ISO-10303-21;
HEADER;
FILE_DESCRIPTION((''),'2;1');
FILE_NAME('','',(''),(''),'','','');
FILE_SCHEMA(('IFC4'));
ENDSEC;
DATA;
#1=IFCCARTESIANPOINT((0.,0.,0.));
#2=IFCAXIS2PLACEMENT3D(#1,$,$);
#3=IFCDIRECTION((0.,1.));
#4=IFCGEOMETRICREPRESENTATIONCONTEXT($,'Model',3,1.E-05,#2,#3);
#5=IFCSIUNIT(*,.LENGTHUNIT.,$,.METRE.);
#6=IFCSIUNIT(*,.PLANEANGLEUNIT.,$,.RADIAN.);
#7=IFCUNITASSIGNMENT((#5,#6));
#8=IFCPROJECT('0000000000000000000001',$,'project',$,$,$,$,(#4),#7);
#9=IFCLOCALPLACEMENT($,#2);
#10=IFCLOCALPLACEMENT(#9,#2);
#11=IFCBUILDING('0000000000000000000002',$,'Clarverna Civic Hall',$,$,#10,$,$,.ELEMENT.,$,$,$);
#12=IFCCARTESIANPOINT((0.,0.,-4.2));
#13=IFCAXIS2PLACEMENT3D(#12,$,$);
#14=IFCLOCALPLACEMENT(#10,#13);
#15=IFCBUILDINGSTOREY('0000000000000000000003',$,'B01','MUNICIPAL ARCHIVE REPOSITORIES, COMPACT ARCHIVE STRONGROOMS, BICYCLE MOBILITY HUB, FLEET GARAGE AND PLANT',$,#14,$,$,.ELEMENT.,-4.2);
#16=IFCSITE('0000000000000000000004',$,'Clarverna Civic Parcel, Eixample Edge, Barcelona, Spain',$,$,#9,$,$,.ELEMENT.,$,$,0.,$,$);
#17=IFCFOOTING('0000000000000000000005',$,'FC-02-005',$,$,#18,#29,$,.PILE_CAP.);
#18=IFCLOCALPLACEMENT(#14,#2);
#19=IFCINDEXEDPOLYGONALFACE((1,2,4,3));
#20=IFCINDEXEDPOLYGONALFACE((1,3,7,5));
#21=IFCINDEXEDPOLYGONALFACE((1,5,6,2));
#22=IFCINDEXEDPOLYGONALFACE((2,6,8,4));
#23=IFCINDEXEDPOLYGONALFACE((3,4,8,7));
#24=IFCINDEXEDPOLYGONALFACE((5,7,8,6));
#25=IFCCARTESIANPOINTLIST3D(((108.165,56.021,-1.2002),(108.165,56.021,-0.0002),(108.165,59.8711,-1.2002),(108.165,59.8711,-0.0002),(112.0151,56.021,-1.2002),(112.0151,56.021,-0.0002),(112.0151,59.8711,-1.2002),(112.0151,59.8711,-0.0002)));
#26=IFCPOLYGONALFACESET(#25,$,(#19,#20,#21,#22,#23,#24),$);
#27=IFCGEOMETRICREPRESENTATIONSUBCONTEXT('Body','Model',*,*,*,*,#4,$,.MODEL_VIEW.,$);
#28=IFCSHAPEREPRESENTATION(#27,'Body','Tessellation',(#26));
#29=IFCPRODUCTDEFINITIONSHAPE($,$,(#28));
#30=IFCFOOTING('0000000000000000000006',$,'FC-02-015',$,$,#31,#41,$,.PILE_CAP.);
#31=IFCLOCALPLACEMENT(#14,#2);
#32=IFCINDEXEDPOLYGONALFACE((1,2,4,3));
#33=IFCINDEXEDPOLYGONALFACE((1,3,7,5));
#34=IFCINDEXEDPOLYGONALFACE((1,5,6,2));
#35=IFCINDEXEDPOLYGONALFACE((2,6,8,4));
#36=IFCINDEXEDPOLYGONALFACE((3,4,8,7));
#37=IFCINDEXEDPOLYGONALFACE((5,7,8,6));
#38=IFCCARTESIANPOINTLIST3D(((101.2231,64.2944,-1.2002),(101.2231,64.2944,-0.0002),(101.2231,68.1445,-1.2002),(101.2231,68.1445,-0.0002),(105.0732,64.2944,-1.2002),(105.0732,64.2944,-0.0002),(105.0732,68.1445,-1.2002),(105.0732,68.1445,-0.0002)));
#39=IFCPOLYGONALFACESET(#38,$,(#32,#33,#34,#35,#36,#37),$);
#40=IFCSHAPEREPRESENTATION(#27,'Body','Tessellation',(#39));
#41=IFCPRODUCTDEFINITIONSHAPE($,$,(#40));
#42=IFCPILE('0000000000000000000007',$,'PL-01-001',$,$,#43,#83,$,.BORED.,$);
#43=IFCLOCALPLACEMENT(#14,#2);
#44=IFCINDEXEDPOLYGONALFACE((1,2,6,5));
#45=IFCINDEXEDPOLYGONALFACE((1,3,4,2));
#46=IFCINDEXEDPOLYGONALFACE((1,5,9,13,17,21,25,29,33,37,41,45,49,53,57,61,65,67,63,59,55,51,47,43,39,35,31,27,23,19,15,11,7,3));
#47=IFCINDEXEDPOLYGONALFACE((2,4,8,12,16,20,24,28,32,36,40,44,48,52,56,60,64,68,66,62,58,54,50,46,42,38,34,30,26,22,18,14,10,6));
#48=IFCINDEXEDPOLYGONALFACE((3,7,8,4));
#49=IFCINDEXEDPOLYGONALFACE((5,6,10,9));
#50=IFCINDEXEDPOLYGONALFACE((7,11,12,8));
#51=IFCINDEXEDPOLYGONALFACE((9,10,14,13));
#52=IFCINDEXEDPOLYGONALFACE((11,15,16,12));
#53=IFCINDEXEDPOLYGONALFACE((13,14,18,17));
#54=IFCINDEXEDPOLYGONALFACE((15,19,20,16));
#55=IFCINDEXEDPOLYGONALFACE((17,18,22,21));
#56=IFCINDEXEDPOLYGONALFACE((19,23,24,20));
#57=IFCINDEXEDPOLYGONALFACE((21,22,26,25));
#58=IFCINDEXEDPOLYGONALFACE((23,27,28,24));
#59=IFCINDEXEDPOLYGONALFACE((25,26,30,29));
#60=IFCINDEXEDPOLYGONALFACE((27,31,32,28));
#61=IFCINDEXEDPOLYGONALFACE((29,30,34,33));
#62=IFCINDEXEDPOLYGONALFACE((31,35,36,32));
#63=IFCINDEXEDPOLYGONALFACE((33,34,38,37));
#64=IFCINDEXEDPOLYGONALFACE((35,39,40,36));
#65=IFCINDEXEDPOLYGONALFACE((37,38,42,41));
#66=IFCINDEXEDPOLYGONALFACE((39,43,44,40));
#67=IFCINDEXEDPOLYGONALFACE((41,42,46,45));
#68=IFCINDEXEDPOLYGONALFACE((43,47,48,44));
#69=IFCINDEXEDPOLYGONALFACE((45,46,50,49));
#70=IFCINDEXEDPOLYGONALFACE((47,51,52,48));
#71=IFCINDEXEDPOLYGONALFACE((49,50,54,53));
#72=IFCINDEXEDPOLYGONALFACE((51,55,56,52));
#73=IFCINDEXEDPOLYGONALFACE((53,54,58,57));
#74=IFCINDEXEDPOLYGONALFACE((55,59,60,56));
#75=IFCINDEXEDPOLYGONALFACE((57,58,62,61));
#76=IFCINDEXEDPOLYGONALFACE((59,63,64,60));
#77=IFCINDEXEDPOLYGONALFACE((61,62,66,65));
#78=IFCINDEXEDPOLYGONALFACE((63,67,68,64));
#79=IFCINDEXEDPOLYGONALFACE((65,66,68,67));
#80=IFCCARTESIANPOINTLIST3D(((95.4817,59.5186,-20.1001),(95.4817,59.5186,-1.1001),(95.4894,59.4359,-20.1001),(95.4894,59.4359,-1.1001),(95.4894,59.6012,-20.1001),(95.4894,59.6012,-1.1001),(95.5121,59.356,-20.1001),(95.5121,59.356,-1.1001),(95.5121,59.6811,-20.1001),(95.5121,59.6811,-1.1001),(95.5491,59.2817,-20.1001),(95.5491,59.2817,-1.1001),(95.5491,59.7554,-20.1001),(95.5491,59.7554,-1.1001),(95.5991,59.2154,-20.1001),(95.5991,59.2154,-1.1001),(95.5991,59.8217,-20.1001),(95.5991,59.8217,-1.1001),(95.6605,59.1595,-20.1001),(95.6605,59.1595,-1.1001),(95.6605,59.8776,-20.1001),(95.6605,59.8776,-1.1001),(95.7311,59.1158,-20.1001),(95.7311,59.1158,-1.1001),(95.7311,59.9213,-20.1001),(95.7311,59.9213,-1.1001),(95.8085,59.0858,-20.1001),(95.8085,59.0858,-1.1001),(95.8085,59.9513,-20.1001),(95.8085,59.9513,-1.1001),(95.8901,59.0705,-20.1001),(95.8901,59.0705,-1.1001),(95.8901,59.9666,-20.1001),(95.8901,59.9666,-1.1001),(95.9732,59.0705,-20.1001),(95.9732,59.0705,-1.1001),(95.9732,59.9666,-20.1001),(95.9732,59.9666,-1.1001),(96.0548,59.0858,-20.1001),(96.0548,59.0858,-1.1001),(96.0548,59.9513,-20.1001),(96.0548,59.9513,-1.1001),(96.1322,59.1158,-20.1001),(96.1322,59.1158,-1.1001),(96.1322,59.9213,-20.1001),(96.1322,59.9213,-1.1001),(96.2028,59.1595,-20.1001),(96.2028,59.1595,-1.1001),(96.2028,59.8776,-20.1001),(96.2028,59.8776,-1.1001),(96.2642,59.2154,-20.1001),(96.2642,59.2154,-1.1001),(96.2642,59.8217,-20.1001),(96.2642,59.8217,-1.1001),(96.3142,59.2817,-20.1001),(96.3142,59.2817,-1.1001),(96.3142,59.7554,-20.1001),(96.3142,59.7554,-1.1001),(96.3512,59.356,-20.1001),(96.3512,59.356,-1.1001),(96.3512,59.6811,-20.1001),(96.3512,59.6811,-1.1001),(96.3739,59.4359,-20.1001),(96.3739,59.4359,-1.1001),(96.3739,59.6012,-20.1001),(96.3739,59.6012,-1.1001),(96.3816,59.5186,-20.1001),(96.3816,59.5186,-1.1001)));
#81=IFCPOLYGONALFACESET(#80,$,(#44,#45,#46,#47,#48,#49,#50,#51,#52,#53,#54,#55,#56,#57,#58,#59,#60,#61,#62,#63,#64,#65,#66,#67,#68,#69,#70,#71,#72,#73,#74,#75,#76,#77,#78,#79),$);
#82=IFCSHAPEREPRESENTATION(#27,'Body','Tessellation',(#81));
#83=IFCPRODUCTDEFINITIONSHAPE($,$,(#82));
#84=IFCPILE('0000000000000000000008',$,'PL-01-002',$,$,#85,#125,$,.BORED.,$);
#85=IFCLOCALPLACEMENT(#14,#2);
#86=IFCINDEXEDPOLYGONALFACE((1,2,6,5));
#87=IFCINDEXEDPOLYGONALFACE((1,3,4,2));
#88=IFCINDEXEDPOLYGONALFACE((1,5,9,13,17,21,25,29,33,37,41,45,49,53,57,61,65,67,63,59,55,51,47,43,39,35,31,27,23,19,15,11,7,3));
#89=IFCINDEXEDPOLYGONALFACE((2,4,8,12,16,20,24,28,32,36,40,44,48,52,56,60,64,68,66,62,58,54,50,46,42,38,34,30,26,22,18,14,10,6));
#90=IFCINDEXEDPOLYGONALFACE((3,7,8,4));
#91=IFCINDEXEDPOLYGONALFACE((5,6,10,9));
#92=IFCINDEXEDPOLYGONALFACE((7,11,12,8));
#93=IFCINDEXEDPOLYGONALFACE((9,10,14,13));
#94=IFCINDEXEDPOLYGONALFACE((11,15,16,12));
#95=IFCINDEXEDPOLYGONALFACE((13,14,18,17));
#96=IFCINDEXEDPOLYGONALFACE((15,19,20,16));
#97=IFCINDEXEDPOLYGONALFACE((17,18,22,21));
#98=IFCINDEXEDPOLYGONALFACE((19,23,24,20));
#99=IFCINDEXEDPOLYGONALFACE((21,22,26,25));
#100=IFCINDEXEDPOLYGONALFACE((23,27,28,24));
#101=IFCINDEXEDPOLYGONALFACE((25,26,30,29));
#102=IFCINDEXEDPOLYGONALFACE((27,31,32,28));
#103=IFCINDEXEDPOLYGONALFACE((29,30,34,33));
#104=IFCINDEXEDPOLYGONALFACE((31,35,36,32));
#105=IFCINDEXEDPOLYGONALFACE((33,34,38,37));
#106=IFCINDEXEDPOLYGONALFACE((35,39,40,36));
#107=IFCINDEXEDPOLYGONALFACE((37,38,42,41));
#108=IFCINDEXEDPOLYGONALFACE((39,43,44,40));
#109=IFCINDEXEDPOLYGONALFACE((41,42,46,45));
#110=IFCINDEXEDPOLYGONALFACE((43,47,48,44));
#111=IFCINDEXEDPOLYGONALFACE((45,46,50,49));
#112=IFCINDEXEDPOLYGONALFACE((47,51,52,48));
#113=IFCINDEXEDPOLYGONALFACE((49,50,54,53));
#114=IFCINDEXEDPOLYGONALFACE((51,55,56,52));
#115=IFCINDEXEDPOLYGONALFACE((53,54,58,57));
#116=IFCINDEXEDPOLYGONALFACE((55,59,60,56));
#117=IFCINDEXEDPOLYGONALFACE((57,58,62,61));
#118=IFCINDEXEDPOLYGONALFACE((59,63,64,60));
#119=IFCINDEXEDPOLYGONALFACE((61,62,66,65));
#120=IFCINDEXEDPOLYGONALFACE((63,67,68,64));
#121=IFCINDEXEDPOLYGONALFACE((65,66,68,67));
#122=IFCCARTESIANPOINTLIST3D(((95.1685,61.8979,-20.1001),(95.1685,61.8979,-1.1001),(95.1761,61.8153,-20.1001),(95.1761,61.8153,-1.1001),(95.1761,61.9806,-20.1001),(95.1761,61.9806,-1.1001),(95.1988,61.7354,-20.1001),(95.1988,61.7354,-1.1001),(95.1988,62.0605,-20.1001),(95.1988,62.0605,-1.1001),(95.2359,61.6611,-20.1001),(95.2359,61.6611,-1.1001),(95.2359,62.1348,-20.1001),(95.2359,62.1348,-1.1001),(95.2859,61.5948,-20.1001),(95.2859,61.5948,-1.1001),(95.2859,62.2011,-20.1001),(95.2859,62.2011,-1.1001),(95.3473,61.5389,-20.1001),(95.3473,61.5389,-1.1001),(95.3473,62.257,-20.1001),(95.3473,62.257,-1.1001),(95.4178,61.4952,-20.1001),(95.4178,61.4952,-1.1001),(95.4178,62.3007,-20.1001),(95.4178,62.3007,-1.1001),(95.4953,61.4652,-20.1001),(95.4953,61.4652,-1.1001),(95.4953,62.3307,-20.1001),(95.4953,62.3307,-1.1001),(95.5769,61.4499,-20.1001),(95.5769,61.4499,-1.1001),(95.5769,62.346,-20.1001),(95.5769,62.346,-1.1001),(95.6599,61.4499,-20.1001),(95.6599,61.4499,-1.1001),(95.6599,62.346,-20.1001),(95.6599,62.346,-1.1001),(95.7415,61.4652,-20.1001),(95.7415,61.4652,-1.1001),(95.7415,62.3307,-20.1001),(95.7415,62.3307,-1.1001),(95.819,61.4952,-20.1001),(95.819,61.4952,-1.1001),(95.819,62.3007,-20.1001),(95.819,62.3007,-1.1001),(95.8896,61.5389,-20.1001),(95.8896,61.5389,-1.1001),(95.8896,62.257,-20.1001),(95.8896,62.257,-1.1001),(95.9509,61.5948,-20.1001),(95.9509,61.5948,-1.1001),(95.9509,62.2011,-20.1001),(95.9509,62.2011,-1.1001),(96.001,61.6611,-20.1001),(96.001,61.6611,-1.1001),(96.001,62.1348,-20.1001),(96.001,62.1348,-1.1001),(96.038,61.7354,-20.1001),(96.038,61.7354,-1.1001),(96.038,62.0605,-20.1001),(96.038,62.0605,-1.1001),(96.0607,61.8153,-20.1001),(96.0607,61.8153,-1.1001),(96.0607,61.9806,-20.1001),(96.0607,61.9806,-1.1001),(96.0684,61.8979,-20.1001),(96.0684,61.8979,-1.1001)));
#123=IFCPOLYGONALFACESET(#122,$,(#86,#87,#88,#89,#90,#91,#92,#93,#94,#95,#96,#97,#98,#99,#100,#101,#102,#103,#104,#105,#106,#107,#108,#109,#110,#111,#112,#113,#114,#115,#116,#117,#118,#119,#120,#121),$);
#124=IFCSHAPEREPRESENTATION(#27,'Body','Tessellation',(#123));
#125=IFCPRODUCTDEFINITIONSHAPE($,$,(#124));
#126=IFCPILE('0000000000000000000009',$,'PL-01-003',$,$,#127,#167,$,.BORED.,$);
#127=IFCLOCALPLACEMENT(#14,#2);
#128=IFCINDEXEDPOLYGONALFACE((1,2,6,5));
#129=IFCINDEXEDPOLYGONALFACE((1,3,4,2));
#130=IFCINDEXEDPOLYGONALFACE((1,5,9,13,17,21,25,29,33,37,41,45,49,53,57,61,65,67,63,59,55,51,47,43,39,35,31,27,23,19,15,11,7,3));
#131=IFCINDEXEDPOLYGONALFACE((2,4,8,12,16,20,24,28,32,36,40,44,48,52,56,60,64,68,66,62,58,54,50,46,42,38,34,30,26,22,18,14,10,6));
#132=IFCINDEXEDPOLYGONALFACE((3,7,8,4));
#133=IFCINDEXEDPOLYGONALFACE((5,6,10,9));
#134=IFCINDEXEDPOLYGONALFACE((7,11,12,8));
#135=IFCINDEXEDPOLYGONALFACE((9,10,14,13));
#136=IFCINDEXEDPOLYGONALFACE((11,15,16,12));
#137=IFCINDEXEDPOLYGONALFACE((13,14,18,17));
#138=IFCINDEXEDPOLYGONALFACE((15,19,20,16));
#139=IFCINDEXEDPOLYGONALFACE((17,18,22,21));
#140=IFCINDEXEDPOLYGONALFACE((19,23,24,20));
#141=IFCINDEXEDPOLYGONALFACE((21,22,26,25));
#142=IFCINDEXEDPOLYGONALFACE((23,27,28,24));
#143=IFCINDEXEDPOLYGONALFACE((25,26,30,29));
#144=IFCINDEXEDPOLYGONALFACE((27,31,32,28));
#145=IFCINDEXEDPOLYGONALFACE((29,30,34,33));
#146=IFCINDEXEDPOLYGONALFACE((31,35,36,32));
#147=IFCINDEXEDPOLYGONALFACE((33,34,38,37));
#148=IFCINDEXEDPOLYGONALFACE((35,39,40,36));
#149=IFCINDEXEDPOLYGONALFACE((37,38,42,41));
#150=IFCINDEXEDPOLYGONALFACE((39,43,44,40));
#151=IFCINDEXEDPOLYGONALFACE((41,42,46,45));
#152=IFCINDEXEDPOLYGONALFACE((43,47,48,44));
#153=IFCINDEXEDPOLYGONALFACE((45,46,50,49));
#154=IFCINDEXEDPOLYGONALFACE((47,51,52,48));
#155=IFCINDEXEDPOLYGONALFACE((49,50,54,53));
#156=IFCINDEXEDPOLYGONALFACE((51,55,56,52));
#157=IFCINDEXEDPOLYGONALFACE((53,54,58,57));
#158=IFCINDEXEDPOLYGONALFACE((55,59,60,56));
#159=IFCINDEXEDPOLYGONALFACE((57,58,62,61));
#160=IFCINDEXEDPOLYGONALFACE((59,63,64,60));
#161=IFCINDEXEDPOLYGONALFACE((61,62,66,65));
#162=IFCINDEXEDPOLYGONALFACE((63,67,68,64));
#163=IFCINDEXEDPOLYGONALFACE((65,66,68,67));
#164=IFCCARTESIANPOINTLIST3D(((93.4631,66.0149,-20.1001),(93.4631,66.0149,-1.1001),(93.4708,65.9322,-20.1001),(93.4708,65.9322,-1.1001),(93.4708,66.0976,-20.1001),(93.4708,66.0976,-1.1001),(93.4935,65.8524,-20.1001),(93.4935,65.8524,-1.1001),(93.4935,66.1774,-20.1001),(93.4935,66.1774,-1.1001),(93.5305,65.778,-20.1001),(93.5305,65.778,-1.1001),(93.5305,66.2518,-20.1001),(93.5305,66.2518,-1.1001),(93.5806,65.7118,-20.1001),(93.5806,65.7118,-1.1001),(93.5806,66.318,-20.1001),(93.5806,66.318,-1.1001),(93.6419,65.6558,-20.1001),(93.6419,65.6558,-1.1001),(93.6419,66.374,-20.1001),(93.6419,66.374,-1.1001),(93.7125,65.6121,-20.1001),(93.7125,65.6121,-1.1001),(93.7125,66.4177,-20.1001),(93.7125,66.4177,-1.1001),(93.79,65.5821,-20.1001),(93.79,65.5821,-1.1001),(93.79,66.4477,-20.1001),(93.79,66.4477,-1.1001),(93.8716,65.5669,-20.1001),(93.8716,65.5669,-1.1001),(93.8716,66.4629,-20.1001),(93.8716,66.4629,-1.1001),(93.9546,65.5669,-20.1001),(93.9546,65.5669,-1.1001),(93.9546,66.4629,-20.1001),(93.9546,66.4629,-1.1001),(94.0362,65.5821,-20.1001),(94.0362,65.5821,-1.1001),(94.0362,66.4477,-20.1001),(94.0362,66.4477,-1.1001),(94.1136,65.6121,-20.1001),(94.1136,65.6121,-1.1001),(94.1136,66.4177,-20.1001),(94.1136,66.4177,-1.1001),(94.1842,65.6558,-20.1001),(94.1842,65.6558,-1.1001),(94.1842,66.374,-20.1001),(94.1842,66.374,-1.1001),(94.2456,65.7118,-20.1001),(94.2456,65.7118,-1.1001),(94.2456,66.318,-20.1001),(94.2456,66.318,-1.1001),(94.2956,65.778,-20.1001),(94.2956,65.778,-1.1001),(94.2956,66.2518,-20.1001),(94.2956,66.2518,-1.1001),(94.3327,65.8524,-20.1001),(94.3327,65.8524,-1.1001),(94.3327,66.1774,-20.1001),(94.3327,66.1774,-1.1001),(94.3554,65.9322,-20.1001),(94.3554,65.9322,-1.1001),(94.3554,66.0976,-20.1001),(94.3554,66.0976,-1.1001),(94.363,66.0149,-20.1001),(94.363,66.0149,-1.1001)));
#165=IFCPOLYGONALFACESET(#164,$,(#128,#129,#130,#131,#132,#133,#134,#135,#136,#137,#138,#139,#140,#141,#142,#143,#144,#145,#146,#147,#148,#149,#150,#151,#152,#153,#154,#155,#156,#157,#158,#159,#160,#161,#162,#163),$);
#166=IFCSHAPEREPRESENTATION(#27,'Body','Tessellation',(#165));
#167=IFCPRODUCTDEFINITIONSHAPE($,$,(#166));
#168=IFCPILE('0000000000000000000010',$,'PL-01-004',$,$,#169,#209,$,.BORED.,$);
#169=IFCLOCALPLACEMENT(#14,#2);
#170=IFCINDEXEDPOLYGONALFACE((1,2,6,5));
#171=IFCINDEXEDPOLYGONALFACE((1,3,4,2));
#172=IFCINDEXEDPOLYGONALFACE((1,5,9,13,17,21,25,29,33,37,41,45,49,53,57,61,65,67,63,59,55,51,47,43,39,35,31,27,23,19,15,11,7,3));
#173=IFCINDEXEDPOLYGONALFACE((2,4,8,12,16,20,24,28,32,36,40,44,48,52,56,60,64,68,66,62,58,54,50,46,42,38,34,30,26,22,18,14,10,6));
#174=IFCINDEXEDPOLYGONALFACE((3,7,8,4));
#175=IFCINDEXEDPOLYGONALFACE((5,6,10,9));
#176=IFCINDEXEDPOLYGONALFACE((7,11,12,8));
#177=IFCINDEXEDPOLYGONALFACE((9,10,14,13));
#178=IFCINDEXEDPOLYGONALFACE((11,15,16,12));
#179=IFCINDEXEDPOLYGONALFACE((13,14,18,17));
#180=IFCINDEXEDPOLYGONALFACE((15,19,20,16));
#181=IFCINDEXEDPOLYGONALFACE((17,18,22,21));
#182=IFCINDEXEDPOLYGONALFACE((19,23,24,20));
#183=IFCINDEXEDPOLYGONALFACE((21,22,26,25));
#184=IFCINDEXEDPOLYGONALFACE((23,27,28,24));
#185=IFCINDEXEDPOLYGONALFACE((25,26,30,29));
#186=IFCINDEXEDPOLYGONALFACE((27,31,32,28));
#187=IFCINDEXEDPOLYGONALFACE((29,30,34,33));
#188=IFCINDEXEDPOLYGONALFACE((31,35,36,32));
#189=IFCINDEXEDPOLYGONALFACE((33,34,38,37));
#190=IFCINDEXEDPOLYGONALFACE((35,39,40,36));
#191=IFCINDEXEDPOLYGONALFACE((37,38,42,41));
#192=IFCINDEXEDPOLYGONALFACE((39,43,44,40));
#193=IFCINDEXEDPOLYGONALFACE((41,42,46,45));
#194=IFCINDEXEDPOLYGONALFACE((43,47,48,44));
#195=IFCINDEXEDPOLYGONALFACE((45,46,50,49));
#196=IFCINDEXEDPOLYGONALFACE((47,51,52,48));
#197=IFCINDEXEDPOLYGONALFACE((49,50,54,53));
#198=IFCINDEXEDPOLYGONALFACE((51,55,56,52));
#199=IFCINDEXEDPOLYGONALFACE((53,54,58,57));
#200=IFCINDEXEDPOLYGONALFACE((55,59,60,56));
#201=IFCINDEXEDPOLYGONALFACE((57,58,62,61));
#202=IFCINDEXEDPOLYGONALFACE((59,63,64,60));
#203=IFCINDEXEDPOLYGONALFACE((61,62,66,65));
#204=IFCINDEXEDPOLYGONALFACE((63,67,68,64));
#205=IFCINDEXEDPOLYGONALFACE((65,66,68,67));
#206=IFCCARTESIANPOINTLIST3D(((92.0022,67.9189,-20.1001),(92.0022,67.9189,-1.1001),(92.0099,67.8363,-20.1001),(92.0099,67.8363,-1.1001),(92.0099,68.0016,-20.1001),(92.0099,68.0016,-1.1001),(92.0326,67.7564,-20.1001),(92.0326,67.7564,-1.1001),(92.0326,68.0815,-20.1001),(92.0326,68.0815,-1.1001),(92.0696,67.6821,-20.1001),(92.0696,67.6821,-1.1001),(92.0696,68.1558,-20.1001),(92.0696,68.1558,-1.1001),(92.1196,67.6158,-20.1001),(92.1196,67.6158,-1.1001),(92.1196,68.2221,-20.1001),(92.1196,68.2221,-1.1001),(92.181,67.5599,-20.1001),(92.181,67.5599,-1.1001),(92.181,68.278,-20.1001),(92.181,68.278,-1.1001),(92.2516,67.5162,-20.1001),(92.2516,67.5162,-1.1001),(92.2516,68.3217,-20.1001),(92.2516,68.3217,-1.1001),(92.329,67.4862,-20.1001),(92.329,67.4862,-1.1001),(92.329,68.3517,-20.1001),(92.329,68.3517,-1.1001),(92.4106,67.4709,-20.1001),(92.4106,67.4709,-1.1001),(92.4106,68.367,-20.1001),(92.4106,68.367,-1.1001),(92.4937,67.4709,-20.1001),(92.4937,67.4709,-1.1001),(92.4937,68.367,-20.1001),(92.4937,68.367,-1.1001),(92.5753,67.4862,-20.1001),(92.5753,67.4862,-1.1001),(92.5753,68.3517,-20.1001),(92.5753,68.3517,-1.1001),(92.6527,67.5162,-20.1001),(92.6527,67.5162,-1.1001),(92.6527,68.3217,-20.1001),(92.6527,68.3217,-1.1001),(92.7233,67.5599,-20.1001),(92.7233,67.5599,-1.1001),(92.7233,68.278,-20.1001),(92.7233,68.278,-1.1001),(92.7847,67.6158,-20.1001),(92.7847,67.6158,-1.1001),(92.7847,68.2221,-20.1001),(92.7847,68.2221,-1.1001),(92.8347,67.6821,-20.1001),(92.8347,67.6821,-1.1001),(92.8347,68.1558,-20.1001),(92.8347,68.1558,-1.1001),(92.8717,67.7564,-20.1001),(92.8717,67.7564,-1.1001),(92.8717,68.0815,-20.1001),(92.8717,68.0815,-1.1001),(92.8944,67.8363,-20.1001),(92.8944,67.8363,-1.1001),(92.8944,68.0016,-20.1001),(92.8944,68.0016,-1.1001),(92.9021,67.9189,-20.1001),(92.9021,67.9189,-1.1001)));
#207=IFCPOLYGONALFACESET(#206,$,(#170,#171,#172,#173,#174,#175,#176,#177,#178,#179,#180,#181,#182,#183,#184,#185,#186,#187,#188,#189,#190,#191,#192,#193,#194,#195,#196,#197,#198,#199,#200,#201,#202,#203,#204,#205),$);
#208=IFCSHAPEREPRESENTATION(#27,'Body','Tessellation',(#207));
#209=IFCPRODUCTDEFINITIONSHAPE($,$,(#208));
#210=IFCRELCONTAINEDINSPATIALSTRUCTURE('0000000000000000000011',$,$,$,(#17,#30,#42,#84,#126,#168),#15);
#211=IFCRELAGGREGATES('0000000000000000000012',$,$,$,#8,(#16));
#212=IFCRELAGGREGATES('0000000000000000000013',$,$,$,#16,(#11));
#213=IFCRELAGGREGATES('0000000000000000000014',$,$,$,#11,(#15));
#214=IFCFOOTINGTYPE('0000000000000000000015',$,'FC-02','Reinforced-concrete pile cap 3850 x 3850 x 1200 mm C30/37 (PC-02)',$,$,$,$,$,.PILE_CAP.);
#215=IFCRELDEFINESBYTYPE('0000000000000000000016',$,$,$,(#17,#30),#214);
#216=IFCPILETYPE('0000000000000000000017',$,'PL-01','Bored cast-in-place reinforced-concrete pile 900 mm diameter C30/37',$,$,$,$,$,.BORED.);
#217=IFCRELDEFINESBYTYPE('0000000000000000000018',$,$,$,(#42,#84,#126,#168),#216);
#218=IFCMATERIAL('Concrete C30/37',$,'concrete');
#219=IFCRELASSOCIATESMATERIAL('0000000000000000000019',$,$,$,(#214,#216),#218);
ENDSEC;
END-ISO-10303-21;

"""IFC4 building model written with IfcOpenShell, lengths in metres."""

from ifc_helpers import new_model, si_unit, direction, frame, origin, origin_2d, place, context, subcontext, project, spatial, rectangle, circle, extrude, material, material_profile, profile_set, type_object, element, save


model = new_model("IFC4")

# Units and contexts
model_context = context("Model", 3, precision=1e-05, world=origin(), true_north=direction((0.0, 1.0)))
body_context = subcontext(model_context, "Body", "Model", "MODEL_VIEW")
ifc_project = project(units=[si_unit("LENGTHUNIT", "METRE"), si_unit("PLANEANGLEUNIT", "RADIAN")], contexts=[model_context])

# Site, building, storey
site_placement = place(None, origin())
site = spatial("IfcSite", under=ifc_project, at=site_placement, Name="Clarverna Civic Parcel, Eixample Edge, Barcelona, Spain", CompositionType="ELEMENT", RefElevation=0.0)
building_placement = place(site_placement, origin())
building = spatial("IfcBuilding", under=site, at=building_placement, Name="Clarverna Civic Hall", CompositionType="ELEMENT")
storey_placement = place(building_placement, frame((0.0, 0.0, -4.2)))
storey = spatial("IfcBuildingStorey", under=building, at=storey_placement, Name="B01", Description="MUNICIPAL ARCHIVE REPOSITORIES, COMPACT ARCHIVE STRONGROOMS, BICYCLE MOBILITY HUB, FLEET GARAGE AND PLANT", CompositionType="ELEMENT", Elevation=-4.2)

# Footings
ifc_material_1 = material(Name="Concrete C30/37", Category="concrete")
footing_type = type_object("IfcFootingType", Name="FC-02", Description="Reinforced-concrete pile cap 3850 x 3850 x 1200 mm C30/37 (PC-02)", PredefinedType="PILE_CAP", material=ifc_material_1)
for number, where, z_axis, x_axis, name in (
    (1, (110.0901, 57.946, -1.2002), (0.0, 0.0, 1.0), (1.0, 0.0, 0.0), "FC-02-005"),
    (2, (103.1482, 66.2195, -1.2002), (0.0, 0.0, 1.0), (1.0, 0.0, 0.0), "FC-02-015"),
):
    element("IfcFooting", number, at=place(storey_placement, frame(where, z_axis=z_axis, x_axis=x_axis)), inside=storey, type_object=footing_type, Name=name, PredefinedType="PILE_CAP", context=body_context, shape_type="SweptSolid", body=[
        extrude(rectangle(XDim=3.8501, YDim=3.8501, at=origin_2d()), origin(), (0.0, 0.0, 1.0), 1.2),
    ])

# Piles
ifc_material_profile_1 = material_profile(ifc_material_1, circle(Radius=0.45, at=origin_2d()), Name="BORED PILE D900")
ifc_profile_set_1 = profile_set([ifc_material_profile_1], Name="Concrete C30/37")
pile_type = type_object("IfcPileType", Name="PL-01", Description="Bored cast-in-place reinforced-concrete pile 900 mm diameter C30/37", PredefinedType="BORED", material=ifc_profile_set_1)
for number, where, z_axis, x_axis, name in (
    (3, (95.9316, 59.5186, -1.1001), (0.0, 0.0, -1.0), (1.0, 0.0, 0.0), "PL-01-001"),
    (4, (95.6184, 61.8979, -1.1001), (0.0, 0.0, -1.0), (1.0, 0.0, 0.0), "PL-01-002"),
    (5, (93.9131, 66.0149, -1.1001), (0.0, 0.0, -1.0), (1.0, 0.0, 0.0), "PL-01-003"),
    (6, (92.4521, 67.9189, -1.1001), (0.0, 0.0, -1.0), (1.0, 0.0, 0.0), "PL-01-004"),
):
    element("IfcPile", number, at=place(storey_placement, frame(where, z_axis=z_axis, x_axis=x_axis)), inside=storey, type_object=pile_type, Name=name, PredefinedType="BORED", context=body_context, shape_type="SweptSolid", body=[
        extrude(circle(Radius=0.45, at=origin_2d()), origin(), (0.0, 0.0, 1.0), 19.0),
    ])

save(model, "model.ifc")
